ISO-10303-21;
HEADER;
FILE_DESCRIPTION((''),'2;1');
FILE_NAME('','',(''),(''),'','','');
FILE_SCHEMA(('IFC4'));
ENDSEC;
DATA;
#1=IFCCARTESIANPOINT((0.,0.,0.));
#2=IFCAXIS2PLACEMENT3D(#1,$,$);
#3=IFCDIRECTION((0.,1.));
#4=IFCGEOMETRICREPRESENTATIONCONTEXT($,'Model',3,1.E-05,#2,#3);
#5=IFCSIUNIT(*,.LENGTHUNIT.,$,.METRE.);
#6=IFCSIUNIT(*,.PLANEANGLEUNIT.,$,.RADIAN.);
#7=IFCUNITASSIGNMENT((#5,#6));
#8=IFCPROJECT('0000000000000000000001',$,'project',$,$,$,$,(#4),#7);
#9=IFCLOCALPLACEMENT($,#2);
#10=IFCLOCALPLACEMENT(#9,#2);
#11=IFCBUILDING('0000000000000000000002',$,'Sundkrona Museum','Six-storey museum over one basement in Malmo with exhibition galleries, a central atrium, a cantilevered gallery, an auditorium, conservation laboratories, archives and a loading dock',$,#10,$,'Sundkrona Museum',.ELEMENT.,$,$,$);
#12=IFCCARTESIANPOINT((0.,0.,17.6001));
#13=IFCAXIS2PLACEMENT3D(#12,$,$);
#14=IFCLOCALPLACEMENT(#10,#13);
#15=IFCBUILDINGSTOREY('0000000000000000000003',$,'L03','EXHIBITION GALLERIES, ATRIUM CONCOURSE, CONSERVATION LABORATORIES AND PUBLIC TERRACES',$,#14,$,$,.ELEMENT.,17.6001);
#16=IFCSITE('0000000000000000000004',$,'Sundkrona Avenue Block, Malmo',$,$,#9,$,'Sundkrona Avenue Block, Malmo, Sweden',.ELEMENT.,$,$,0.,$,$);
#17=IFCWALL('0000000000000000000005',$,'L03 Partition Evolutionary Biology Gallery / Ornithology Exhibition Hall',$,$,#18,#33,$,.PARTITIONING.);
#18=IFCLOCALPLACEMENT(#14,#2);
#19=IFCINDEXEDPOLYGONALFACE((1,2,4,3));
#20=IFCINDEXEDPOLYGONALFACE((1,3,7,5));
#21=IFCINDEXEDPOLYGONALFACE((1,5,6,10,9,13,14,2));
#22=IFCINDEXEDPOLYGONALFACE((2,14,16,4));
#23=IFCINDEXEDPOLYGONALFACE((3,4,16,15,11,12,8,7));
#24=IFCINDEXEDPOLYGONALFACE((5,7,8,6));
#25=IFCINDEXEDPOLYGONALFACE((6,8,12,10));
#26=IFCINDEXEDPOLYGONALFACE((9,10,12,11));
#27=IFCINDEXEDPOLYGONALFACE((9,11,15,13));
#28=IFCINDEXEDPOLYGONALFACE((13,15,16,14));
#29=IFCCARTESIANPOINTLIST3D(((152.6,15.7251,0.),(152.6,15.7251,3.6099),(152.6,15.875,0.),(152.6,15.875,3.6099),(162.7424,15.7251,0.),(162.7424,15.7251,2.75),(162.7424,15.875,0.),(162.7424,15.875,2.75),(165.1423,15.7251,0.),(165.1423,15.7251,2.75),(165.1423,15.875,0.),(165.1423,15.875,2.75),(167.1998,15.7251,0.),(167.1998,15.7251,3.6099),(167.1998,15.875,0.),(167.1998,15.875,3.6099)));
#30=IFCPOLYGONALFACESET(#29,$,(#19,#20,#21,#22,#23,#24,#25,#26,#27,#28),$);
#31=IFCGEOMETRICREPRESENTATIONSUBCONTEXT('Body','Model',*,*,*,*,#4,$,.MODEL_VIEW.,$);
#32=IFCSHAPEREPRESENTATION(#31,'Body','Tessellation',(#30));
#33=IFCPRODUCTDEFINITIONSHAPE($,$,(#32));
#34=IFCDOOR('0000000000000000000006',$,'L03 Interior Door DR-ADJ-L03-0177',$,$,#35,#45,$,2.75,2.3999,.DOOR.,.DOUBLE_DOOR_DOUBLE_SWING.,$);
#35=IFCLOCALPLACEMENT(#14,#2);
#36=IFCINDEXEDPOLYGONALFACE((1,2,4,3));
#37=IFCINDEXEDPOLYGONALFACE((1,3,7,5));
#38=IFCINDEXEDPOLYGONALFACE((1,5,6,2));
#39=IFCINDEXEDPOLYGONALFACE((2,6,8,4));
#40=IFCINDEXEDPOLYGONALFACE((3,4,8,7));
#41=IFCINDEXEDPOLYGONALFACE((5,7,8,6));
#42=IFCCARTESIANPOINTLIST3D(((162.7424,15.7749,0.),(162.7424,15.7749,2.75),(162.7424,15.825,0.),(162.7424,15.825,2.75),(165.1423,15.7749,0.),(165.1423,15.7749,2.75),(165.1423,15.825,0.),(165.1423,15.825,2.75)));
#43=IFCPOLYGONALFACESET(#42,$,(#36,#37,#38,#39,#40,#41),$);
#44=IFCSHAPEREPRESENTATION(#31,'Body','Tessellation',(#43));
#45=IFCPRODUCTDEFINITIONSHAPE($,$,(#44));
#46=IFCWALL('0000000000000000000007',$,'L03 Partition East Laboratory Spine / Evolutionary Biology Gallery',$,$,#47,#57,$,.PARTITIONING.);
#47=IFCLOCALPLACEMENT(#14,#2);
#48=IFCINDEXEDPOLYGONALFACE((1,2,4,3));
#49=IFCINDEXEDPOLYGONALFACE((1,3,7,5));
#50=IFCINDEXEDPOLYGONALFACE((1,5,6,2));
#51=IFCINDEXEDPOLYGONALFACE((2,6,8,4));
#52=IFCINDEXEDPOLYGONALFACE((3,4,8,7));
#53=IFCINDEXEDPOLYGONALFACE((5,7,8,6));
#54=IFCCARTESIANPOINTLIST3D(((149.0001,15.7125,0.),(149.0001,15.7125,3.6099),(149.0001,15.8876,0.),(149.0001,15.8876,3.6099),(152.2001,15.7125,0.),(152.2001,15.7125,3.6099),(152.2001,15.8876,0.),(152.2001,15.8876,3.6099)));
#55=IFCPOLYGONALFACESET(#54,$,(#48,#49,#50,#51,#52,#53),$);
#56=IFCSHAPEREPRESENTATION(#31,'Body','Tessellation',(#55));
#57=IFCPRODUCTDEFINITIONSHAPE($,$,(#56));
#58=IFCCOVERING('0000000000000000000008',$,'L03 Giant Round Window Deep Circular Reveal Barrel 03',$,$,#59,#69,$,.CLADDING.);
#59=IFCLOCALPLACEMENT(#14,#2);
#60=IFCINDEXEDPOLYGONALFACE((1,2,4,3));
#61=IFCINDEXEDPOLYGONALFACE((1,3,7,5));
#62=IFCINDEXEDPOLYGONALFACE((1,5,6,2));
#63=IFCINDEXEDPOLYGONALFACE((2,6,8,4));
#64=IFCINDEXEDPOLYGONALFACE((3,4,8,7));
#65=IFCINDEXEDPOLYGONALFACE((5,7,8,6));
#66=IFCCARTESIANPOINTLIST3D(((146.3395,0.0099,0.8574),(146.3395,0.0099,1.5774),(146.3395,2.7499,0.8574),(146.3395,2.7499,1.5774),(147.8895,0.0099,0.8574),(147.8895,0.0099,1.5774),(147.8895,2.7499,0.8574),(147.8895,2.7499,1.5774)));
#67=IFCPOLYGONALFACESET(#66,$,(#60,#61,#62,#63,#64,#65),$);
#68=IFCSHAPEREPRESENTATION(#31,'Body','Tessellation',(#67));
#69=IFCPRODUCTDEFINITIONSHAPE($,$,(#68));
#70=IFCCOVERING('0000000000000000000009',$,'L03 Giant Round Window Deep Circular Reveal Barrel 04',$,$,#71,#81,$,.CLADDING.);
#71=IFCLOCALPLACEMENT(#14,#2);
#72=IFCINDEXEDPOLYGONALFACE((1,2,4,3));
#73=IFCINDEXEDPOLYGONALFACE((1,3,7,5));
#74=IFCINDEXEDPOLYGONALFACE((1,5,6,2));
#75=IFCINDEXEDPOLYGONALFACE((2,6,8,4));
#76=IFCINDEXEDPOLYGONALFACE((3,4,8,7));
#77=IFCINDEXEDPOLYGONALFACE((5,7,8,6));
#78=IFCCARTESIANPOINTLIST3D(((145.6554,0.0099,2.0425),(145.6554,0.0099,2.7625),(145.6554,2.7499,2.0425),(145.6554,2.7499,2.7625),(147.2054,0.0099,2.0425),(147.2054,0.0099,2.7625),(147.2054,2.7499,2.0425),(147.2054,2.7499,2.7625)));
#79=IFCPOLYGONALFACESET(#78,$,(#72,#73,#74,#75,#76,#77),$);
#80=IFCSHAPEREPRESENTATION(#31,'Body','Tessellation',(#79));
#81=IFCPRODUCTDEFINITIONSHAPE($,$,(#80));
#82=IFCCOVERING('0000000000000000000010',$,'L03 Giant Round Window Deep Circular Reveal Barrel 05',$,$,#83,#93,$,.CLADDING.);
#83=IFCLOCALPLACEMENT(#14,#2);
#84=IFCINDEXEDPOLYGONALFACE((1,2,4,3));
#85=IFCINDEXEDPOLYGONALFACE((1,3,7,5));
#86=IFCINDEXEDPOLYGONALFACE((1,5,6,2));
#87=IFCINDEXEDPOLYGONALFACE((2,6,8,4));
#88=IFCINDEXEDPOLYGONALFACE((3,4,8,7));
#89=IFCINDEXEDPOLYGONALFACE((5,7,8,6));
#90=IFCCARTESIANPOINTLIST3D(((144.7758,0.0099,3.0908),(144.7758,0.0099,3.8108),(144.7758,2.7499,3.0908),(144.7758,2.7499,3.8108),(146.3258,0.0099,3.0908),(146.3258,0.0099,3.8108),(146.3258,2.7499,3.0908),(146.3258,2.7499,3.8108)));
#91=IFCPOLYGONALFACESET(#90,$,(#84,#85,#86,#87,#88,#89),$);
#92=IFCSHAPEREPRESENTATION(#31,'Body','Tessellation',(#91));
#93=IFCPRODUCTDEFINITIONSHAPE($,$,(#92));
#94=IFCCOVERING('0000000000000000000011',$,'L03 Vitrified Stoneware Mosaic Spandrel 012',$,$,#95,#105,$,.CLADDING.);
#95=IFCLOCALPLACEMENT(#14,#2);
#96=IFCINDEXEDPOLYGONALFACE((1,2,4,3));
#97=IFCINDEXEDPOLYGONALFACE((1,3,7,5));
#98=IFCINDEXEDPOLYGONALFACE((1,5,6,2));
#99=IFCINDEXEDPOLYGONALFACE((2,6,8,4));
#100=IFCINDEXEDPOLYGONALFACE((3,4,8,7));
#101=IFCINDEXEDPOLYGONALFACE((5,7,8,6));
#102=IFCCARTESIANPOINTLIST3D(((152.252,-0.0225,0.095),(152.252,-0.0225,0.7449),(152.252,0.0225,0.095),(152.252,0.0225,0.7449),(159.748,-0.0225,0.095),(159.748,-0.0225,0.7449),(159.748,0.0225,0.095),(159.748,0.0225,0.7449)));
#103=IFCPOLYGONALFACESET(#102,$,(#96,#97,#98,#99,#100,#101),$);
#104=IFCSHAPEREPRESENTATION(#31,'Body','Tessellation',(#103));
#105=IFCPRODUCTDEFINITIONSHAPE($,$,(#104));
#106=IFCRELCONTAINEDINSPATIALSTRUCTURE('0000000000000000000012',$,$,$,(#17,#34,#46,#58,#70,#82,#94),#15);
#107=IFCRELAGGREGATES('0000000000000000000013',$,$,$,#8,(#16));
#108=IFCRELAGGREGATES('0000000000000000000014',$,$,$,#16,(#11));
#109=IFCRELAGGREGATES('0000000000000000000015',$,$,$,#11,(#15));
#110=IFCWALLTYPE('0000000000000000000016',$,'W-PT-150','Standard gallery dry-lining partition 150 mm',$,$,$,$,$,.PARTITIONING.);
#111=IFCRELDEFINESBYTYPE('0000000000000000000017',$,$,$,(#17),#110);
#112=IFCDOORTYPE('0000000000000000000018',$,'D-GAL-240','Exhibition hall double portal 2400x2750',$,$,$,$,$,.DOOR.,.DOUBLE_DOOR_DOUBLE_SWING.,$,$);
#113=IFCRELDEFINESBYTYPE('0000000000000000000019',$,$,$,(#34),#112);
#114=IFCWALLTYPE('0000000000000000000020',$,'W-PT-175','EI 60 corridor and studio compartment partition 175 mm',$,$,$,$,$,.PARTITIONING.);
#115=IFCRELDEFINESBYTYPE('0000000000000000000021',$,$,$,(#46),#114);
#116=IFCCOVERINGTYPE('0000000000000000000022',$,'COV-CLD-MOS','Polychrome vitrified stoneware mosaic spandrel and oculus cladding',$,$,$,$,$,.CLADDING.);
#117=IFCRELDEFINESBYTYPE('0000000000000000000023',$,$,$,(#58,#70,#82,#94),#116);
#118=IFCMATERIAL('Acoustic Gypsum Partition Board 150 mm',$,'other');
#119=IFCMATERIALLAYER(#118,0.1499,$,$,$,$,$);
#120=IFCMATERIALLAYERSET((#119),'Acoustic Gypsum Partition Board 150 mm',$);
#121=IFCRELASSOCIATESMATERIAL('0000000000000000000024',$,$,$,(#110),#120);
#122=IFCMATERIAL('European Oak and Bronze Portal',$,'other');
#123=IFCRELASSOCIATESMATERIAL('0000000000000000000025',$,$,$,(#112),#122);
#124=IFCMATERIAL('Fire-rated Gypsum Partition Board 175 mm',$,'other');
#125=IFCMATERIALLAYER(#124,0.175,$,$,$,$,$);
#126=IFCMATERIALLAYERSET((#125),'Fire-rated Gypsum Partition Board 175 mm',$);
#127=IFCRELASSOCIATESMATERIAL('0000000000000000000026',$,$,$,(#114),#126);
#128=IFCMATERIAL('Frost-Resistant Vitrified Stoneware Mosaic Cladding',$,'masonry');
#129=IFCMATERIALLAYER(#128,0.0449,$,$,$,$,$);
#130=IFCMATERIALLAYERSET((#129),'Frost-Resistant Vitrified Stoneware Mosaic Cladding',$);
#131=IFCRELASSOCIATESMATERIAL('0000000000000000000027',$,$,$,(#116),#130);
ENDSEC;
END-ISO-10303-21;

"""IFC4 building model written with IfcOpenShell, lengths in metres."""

from ifc_helpers import new_model, si_unit, direction, frame, frame_2d, origin, origin_2d, place, context, subcontext, project, spatial, rectangle, extrude, material, layer, layer_set, type_object, element, fill, save


model = new_model("IFC4")

# Units and contexts
model_context = context("Model", 3, precision=1e-05, world=origin(), true_north=direction((0.0, 1.0)))
body_context = subcontext(model_context, "Body", "Model", "MODEL_VIEW")
ifc_project = project(units=[si_unit("LENGTHUNIT", "METRE"), si_unit("PLANEANGLEUNIT", "RADIAN")], contexts=[model_context])

# Site, building, storey
site_placement = place(None, origin())
site = spatial("IfcSite", under=ifc_project, at=site_placement, Name="Sundkrona Avenue Block, Malmo", LongName="Sundkrona Avenue Block, Malmo, Sweden", CompositionType="ELEMENT", RefElevation=0.0)
building_placement = place(site_placement, origin())
building = spatial("IfcBuilding", under=site, at=building_placement, Name="Sundkrona Museum", Description="Six-storey museum over one basement in Malmo with exhibition galleries, a central atrium, a cantilevered gallery, an auditorium, conservation laboratories, archives and a loading dock", LongName="Sundkrona Museum", CompositionType="ELEMENT")
storey_placement = place(building_placement, frame((0.0, 0.0, 17.6001)))
storey = spatial("IfcBuildingStorey", under=building, at=storey_placement, Name="L03", Description="EXHIBITION GALLERIES, ATRIUM CONCOURSE, CONSERVATION LABORATORIES AND PUBLIC TERRACES", CompositionType="ELEMENT", Elevation=17.6001)

# Wall, opening, door
ifc_material_1 = material(Name="Acoustic Gypsum Partition Board 150 mm", Category="other")
ifc_layer_1 = layer(ifc_material_1, 0.1499)
ifc_layer_set_1 = layer_set([ifc_layer_1], Name="Acoustic Gypsum Partition Board 150 mm")
wall_type_1 = type_object("IfcWallType", Name="W-PT-150", Description="Standard gallery dry-lining partition 150 mm", PredefinedType="PARTITIONING", material=ifc_layer_set_1)
wall_1_placement = place(storey_placement, frame((152.6001, 15.8, 0.0), z_axis=(0.0, 0.0, 1.0), x_axis=(1.0, 0.0, 0.0)))
wall_1 = element("IfcWall", 1, at=wall_1_placement, inside=storey, type_object=wall_type_1, Name="L03 Partition Evolutionary Biology Gallery / Ornithology Exhibition Hall", PredefinedType="PARTITIONING", context=body_context, shape_type="SweptSolid", body=[
    extrude(rectangle(XDim=14.5999, YDim=0.1499, at=frame_2d((7.2998, 0.0))), origin(), (0.0, 0.0, 1.0), 3.6099),
])
opening_1_placement = place(wall_1_placement, frame((10.1423, 0.0, 0.0)))
opening_1 = element("IfcOpeningElement", 2, at=opening_1_placement, cuts=wall_1, PredefinedType="OPENING", context=body_context, shape_type="SweptSolid", body=[
    extrude(rectangle(XDim=2.3999, YDim=2.75, at=frame_2d((1.2, 1.375))), frame((0.0, 0.085, 0.0), z_axis=(0.0, -1.0, 0.0), x_axis=(1.0, 0.0, 0.0)), (0.0, 0.0, 1.0), 0.1699),
])
ifc_material_2 = material(Name="European Oak and Bronze Portal", Category="other")
door_type = type_object("IfcDoorType", Name="D-GAL-240", Description="Exhibition hall double portal 2400x2750", OperationType="DOUBLE_DOOR_DOUBLE_SWING", PredefinedType="DOOR", material=ifc_material_2)
door_placement = place(opening_1_placement, origin())
door = element("IfcDoor", 3, at=door_placement, inside=storey, type_object=door_type, Name="L03 Interior Door DR-ADJ-L03-0177", OperationType="DOUBLE_DOOR_DOUBLE_SWING", OverallHeight=2.75, OverallWidth=2.3999, PredefinedType="DOOR", context=body_context, shape_type="SweptSolid", body=[
    extrude(rectangle(XDim=2.3999, YDim=2.75, at=frame_2d((1.2, 1.375))), frame((0.0, 0.0249, 0.0), z_axis=(0.0, -1.0, 0.0), x_axis=(1.0, 0.0, 0.0)), (0.0, 0.0, 1.0), 0.05),
])
fill(opening_1, door)

# Wall
ifc_material_3 = material(Name="Fire-rated Gypsum Partition Board 175 mm", Category="other")
ifc_layer_2 = layer(ifc_material_3, 0.175)
ifc_layer_set_2 = layer_set([ifc_layer_2], Name="Fire-rated Gypsum Partition Board 175 mm")
wall_type_2 = type_object("IfcWallType", Name="W-PT-175", Description="EI 60 corridor and studio compartment partition 175 mm", PredefinedType="PARTITIONING", material=ifc_layer_set_2)
wall_2_placement = place(storey_placement, frame((149.0, 15.8, 0.0), z_axis=(0.0, 0.0, 1.0), x_axis=(1.0, 0.0, 0.0)))
element("IfcWall", 4, at=wall_2_placement, inside=storey, type_object=wall_type_2, Name="L03 Partition East Laboratory Spine / Evolutionary Biology Gallery", PredefinedType="PARTITIONING", context=body_context, shape_type="SweptSolid", body=[
    extrude(rectangle(XDim=3.2, YDim=0.175, at=frame_2d((1.6001, 0.0))), origin(), (0.0, 0.0, 1.0), 3.6099),
])

# Coverings
ifc_material_4 = material(Name="Frost-Resistant Vitrified Stoneware Mosaic Cladding", Category="masonry")
ifc_layer_3 = layer(ifc_material_4, 0.0449)
ifc_layer_set_3 = layer_set([ifc_layer_3], Name="Frost-Resistant Vitrified Stoneware Mosaic Cladding")
covering_type = type_object("IfcCoveringType", Name="COV-CLD-MOS", Description="Polychrome vitrified stoneware mosaic spandrel and oculus cladding", PredefinedType="CLADDING", material=ifc_layer_set_3)
for number, where, z_axis, x_axis, name in (
    (5, (147.1145, 1.3799, 0.8574), (0.0, 0.0, 1.0), (1.0, 0.0, 0.0), "L03 Giant Round Window Deep Circular Reveal Barrel 03"),
    (6, (146.4304, 1.3799, 2.0425), (0.0, 0.0, 1.0), (1.0, 0.0, 0.0), "L03 Giant Round Window Deep Circular Reveal Barrel 04"),
    (7, (145.5508, 1.3799, 3.0908), (0.0, 0.0, 1.0), (1.0, 0.0, 0.0), "L03 Giant Round Window Deep Circular Reveal Barrel 05"),
):
    element("IfcCovering", number, at=place(storey_placement, frame(where, z_axis=z_axis, x_axis=x_axis)), inside=storey, type_object=covering_type, Name=name, PredefinedType="CLADDING", context=body_context, shape_type="SweptSolid", body=[
        extrude(rectangle(XDim=1.55, YDim=2.74, at=origin_2d()), origin(), (0.0, 0.0, 1.0), 0.72),
    ])
covering_placement = place(storey_placement, frame((156.0, 0.0, 0.095), z_axis=(0.0, 0.0, 1.0), x_axis=(1.0, 0.0, 0.0)))
element("IfcCovering", 8, at=covering_placement, inside=storey, type_object=covering_type, Name="L03 Vitrified Stoneware Mosaic Spandrel 012", PredefinedType="CLADDING", context=body_context, shape_type="SweptSolid", body=[
    extrude(rectangle(XDim=7.4961, YDim=0.0449, at=origin_2d()), origin(), (0.0, 0.0, 1.0), 0.6499),
])

save(model, "model.ifc")
